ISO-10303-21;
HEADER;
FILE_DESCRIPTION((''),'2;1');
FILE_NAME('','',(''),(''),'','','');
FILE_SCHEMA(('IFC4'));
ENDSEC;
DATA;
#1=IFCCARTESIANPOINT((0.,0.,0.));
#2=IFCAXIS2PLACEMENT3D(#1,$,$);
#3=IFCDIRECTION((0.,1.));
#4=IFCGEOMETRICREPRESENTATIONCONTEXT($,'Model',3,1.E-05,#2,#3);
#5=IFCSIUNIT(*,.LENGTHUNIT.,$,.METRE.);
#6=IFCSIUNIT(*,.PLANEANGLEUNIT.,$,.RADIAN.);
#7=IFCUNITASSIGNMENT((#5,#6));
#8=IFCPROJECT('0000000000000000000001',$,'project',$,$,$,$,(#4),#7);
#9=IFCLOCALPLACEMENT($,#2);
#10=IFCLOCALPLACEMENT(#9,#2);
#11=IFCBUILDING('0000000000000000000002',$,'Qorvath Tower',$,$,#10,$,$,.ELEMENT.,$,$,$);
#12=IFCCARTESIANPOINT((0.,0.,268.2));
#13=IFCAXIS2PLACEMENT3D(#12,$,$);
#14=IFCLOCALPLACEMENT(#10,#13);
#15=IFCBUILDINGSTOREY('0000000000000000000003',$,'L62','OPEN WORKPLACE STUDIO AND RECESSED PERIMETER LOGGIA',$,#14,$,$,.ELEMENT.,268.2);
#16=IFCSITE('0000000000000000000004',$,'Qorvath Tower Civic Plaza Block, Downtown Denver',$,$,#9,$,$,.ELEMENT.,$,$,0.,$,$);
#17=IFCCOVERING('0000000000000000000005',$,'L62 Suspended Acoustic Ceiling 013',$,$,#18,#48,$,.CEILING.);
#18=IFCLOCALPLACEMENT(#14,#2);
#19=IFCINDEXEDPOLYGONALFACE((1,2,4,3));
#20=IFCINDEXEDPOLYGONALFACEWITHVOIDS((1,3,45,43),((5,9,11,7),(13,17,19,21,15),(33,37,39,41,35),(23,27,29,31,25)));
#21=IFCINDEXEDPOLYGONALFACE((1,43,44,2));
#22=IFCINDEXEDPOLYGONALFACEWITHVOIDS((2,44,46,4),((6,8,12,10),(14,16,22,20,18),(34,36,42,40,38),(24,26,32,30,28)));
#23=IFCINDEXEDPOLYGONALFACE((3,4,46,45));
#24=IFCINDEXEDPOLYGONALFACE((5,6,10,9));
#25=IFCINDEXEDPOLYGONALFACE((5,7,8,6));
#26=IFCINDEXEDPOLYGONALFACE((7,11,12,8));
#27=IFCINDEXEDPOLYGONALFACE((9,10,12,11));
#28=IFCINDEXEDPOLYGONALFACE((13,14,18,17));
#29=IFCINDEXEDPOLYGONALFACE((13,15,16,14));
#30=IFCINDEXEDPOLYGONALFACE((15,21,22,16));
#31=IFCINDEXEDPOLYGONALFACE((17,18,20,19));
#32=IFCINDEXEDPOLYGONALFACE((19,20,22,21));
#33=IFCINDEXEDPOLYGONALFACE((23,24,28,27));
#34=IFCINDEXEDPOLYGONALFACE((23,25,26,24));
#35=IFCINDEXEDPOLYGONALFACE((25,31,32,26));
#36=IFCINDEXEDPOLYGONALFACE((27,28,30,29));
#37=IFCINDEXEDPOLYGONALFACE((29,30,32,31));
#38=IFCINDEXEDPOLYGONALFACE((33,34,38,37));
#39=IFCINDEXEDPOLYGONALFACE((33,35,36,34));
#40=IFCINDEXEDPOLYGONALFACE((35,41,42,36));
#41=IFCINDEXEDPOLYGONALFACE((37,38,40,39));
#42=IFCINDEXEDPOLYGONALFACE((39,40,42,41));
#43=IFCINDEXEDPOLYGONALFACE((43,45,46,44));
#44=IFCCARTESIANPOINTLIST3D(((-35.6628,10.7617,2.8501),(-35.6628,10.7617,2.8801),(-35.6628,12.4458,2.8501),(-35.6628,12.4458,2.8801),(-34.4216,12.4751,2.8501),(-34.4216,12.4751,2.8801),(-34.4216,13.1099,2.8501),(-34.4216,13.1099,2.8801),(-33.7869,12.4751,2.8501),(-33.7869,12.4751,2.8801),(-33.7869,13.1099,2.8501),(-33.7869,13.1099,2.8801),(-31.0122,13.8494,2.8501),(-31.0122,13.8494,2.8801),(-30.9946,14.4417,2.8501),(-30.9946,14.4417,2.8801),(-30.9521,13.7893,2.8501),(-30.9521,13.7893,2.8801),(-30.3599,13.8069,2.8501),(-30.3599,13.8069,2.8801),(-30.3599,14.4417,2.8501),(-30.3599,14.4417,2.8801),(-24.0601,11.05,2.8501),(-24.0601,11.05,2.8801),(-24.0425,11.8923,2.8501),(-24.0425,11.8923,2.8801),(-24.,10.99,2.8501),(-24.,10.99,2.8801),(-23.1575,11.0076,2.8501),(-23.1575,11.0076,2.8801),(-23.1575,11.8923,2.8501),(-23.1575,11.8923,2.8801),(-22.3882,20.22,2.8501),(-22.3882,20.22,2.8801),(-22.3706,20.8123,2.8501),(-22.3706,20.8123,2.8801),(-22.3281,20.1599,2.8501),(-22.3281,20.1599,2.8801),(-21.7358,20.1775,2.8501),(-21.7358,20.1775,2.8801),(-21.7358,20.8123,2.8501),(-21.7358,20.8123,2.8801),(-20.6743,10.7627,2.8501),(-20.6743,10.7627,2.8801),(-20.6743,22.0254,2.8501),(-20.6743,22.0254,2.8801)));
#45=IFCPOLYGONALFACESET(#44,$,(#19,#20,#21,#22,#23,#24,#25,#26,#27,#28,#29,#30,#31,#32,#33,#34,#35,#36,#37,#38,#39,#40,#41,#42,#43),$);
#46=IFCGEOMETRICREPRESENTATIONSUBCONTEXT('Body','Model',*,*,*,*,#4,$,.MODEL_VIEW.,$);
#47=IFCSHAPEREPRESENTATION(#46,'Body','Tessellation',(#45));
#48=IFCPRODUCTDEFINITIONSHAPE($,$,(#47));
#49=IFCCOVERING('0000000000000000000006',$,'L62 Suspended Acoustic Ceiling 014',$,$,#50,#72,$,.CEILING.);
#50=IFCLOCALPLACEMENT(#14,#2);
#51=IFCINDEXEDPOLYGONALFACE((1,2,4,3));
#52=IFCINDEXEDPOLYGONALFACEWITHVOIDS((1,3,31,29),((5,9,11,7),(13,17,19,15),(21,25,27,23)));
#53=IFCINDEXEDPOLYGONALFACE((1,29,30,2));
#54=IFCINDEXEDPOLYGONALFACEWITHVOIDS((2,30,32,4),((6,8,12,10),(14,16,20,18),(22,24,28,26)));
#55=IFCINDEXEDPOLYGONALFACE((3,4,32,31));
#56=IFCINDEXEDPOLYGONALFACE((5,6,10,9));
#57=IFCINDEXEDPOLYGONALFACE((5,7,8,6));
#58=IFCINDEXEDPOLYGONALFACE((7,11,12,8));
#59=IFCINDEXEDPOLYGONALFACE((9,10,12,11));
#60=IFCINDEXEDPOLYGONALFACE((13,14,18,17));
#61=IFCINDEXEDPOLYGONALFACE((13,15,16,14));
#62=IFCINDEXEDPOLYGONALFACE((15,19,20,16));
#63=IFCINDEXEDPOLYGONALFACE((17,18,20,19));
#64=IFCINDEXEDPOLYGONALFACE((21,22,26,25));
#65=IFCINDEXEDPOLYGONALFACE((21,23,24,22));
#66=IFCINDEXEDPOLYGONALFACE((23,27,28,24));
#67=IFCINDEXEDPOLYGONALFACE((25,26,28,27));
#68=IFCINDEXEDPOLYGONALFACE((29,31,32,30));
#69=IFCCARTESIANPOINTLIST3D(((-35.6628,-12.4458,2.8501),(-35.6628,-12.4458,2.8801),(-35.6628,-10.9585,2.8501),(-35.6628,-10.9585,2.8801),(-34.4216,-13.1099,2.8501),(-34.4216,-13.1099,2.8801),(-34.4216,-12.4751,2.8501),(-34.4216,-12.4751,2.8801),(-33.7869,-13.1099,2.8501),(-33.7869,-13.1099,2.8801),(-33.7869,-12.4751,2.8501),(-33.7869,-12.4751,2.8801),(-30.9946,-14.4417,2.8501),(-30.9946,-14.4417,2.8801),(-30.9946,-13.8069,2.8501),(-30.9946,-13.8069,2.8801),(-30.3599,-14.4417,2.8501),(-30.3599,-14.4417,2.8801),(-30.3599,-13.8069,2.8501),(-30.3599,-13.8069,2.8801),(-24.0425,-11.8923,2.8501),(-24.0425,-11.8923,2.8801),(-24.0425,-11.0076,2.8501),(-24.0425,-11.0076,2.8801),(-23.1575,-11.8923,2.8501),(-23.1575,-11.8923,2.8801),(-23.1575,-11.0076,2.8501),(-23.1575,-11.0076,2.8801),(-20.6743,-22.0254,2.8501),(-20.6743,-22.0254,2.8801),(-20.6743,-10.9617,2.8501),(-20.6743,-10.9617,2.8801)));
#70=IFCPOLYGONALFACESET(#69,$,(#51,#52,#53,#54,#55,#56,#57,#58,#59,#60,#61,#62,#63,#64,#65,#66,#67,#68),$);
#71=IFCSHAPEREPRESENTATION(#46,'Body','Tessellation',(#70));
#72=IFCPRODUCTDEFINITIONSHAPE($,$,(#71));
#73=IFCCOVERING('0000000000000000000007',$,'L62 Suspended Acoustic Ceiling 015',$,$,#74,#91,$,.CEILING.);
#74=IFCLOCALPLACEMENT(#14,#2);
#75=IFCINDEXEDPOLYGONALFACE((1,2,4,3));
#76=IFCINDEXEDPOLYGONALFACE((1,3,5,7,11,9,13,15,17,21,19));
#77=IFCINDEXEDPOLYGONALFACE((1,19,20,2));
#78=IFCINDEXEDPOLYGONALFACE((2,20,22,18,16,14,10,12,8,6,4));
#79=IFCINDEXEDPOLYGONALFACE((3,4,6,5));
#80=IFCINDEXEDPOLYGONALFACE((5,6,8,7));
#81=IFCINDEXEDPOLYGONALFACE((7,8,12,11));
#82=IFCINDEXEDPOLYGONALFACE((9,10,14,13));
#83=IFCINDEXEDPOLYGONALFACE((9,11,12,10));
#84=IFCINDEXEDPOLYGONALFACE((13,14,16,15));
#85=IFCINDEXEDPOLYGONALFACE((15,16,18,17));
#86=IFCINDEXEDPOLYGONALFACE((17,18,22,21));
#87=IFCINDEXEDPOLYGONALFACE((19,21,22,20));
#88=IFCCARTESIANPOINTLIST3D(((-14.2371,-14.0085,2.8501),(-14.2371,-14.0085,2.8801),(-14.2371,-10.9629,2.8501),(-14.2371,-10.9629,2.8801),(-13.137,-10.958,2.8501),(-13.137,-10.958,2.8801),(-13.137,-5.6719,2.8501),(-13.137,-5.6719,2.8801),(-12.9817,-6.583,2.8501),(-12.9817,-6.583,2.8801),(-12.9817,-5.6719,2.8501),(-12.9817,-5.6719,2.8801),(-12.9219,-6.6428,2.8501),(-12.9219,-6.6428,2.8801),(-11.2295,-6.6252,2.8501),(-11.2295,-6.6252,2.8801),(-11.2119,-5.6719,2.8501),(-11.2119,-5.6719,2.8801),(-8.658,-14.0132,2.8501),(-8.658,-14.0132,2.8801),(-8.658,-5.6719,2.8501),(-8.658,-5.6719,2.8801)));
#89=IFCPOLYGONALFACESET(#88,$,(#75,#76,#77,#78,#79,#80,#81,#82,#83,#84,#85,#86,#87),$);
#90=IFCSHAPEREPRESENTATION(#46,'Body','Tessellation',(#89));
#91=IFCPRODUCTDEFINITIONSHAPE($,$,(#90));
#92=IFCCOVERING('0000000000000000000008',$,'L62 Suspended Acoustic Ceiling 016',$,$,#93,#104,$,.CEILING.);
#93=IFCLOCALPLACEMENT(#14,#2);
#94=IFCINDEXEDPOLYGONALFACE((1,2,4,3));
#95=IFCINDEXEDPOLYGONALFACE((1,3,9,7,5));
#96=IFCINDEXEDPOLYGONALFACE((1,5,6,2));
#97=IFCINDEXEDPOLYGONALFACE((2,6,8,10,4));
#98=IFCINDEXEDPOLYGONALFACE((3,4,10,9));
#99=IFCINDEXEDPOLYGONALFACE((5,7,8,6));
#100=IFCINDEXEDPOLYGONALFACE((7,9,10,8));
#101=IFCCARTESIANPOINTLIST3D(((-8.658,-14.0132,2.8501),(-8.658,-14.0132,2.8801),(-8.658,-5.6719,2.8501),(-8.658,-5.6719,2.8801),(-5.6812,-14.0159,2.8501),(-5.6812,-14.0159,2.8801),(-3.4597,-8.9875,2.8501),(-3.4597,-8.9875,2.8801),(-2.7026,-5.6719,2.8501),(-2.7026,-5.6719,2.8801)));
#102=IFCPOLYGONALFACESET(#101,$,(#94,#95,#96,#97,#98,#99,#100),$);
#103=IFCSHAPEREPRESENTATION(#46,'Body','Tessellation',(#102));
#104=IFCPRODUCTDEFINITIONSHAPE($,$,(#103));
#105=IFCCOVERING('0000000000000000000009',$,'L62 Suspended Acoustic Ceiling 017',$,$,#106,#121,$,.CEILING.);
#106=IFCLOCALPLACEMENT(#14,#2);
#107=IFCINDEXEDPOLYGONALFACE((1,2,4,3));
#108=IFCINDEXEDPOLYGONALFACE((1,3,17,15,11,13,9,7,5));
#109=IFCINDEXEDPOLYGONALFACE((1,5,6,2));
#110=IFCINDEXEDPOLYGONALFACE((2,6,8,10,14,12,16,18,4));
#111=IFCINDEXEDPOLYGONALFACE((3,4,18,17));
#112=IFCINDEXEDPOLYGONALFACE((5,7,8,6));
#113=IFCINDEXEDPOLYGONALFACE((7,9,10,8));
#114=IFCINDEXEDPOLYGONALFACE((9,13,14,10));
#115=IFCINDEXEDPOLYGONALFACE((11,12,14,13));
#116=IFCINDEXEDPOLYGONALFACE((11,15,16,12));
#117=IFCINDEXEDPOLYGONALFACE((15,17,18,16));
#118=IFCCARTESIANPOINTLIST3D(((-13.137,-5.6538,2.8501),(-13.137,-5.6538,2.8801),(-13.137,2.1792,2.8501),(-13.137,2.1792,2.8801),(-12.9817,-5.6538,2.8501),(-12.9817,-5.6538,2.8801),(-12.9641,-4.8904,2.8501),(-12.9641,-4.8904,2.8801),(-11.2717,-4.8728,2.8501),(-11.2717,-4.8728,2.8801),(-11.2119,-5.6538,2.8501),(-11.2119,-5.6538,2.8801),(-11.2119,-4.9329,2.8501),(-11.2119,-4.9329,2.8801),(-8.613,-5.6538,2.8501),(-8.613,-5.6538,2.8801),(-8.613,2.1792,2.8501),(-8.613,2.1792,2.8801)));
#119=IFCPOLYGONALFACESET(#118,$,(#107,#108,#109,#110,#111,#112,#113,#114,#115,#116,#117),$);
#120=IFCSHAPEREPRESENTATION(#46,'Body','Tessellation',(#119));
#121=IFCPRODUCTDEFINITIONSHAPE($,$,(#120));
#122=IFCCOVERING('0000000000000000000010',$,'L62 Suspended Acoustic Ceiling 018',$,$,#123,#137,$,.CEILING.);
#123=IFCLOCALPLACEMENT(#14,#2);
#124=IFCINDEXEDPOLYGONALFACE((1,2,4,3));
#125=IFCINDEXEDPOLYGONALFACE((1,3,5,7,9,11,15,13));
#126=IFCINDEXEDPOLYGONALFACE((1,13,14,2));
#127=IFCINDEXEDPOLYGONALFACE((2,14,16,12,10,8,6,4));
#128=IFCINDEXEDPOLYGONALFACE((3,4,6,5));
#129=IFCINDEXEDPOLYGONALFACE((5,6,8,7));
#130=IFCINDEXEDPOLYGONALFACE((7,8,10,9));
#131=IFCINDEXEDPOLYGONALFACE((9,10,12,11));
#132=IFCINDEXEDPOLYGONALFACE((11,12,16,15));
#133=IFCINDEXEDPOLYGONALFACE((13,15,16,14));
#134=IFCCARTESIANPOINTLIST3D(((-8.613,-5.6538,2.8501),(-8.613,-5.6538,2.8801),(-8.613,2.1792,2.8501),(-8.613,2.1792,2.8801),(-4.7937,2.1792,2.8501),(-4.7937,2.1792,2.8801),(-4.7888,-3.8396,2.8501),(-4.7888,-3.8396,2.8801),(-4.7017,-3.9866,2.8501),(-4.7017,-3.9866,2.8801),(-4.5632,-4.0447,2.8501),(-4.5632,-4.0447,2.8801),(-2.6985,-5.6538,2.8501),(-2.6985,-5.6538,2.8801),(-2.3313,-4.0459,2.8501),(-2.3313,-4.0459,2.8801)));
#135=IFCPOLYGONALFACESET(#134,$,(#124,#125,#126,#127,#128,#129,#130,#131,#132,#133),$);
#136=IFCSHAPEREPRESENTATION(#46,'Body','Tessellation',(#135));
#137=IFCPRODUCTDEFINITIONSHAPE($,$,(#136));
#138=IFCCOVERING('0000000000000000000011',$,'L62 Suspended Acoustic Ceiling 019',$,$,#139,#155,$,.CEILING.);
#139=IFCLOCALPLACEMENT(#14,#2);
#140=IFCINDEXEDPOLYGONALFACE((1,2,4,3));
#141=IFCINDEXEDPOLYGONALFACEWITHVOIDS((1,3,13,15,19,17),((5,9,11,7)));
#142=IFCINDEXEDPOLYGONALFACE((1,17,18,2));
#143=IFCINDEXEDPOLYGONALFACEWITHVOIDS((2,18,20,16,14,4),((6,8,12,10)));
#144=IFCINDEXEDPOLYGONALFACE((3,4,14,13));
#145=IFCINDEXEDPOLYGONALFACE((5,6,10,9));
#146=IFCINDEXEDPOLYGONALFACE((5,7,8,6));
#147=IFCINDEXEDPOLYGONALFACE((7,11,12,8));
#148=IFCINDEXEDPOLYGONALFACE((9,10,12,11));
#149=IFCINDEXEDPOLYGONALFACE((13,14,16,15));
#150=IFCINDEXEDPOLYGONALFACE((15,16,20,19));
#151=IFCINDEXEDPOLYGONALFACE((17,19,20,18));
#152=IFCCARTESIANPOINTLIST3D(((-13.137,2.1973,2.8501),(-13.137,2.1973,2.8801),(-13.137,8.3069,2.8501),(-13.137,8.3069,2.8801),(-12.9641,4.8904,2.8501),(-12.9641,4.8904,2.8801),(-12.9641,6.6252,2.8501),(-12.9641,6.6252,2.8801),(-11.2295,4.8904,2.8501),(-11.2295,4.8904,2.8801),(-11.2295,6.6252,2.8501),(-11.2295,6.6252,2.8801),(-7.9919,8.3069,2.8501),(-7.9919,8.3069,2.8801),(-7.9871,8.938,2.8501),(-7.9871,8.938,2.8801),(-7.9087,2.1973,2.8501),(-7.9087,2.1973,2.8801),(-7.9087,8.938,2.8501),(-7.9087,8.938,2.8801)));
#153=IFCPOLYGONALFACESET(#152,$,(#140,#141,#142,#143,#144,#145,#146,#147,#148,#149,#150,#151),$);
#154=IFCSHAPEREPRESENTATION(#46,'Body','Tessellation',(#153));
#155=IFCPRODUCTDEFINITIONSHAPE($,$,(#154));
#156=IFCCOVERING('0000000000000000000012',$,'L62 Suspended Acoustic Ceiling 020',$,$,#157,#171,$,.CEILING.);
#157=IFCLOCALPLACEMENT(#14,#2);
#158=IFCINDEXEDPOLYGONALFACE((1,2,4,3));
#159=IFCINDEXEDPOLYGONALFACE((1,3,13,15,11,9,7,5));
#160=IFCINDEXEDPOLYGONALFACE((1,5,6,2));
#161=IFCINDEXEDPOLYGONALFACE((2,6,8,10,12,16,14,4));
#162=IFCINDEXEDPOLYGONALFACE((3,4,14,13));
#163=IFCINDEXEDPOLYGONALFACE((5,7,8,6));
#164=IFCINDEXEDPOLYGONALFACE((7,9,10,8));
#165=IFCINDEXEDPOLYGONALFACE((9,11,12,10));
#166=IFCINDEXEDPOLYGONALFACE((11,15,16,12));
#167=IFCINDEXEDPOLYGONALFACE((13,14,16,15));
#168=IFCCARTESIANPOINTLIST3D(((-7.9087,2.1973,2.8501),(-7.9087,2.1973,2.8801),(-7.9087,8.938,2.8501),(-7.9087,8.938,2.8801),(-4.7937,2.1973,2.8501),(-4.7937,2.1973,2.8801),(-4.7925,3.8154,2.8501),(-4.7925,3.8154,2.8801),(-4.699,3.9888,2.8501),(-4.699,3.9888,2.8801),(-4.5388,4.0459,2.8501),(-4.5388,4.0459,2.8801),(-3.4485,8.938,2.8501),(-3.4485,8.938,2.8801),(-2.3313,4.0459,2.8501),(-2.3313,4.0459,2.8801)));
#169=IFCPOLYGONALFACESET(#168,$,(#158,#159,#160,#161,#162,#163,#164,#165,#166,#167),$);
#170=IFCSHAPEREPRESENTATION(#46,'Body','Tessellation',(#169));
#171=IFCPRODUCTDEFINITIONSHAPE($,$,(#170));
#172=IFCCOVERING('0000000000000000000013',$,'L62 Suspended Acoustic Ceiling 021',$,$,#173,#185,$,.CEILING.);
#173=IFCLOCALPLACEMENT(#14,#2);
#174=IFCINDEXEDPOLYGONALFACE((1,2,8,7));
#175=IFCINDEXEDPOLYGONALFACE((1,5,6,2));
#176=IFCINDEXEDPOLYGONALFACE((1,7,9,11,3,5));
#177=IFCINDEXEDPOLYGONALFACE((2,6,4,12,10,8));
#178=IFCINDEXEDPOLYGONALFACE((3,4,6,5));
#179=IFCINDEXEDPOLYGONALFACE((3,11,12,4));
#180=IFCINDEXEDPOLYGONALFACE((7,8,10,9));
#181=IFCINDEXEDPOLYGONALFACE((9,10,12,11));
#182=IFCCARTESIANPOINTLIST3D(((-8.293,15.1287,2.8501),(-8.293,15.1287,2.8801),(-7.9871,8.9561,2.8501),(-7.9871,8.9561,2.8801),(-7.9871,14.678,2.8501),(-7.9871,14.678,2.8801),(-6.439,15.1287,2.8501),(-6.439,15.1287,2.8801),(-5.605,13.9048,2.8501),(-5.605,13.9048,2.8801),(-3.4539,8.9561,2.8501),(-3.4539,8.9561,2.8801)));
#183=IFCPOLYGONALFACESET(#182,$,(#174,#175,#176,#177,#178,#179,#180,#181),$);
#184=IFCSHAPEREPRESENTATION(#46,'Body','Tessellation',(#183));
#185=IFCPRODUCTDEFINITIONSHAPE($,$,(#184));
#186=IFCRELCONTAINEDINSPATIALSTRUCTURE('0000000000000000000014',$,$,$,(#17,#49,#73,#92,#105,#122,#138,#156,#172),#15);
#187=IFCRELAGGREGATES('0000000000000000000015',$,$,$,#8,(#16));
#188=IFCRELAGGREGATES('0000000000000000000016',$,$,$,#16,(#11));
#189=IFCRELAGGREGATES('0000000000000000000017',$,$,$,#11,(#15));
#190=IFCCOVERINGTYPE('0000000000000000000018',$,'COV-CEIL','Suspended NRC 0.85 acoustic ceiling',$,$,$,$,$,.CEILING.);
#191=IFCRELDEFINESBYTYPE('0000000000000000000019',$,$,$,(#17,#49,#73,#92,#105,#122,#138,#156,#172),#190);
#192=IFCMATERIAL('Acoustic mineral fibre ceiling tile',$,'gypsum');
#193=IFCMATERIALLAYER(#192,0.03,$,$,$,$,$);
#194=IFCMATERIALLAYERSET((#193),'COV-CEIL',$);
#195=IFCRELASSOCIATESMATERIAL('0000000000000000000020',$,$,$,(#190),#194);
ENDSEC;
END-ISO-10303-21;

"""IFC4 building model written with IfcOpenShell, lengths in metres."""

from ifc_helpers import new_model, si_unit, direction, frame, origin, place, context, subcontext, project, spatial, polyline, outline, extrude, material, layer, layer_set, type_object, element, save


model = new_model("IFC4")

# Units and contexts
model_context = context("Model", 3, precision=1e-05, world=origin(), true_north=direction((0.0, 1.0)))
body_context = subcontext(model_context, "Body", "Model", "MODEL_VIEW")
ifc_project = project(units=[si_unit("LENGTHUNIT", "METRE"), si_unit("PLANEANGLEUNIT", "RADIAN")], contexts=[model_context])

# Site, building, storey
site_placement = place(None, origin())
site = spatial("IfcSite", under=ifc_project, at=site_placement, Name="Qorvath Tower Civic Plaza Block, Downtown Denver", CompositionType="ELEMENT", RefElevation=0.0)
building_placement = place(site_placement, origin())
building = spatial("IfcBuilding", under=site, at=building_placement, Name="Qorvath Tower", CompositionType="ELEMENT")
storey_placement = place(building_placement, frame((0.0, 0.0, 268.2)))
storey = spatial("IfcBuildingStorey", under=building, at=storey_placement, Name="L62", Description="OPEN WORKPLACE STUDIO AND RECESSED PERIMETER LOGGIA", CompositionType="ELEMENT", Elevation=268.2)

# Coverings
ifc_material_1 = material(Name="Acoustic mineral fibre ceiling tile", Category="gypsum")
ifc_layer_1 = layer(ifc_material_1, 0.03)
ifc_layer_set_1 = layer_set([ifc_layer_1], Name="COV-CEIL")
covering_type_1 = type_object("IfcCoveringType", Name="COV-CEIL", Description="Suspended NRC 0.85 acoustic ceiling", PredefinedType="CEILING", material=ifc_layer_set_1)
covering_1_placement = place(storey_placement, frame((0.0, 0.0, 2.8501)))
element("IfcCovering", 1, at=covering_1_placement, inside=storey, type_object=covering_type_1, Name="L62 Suspended Acoustic Ceiling 013", PredefinedType="CEILING", context=body_context, shape_type="SweptSolid", body=[
    extrude(outline(polyline([(-35.6628, 12.4458), (-35.6628, 10.7617), (-20.6743, 10.7627), (-20.6743, 22.0254), (-35.6628, 12.4458)]), holes=[polyline([(-22.3882, 20.22), (-22.3706, 20.8123), (-21.7358, 20.8123), (-21.7358, 20.1775), (-22.3281, 20.1599), (-22.3882, 20.22)]), polyline([(-24.0601, 11.05), (-24.0425, 11.8923), (-23.1575, 11.8923), (-23.1575, 11.0076), (-24.0, 10.99), (-24.0601, 11.05)]), polyline([(-31.0122, 13.8494), (-30.9946, 14.4417), (-30.3599, 14.4417), (-30.3599, 13.8069), (-30.9521, 13.7893), (-31.0122, 13.8494)]), polyline([(-34.4216, 12.4751), (-34.4216, 13.1099), (-33.7869, 13.1099), (-33.7869, 12.4751), (-34.4216, 12.4751)])]), origin(), (0.0, 0.0, 1.0), 0.03),
])
covering_2_placement = place(storey_placement, frame((0.0, 0.0, 2.8501)))
element("IfcCovering", 2, at=covering_2_placement, inside=storey, type_object=covering_type_1, Name="L62 Suspended Acoustic Ceiling 014", PredefinedType="CEILING", context=body_context, shape_type="SweptSolid", body=[
    extrude(outline(polyline([(-35.6628, -10.9585), (-35.6628, -12.4458), (-20.6743, -22.0254), (-20.6743, -10.9617), (-35.6628, -10.9585)]), holes=[polyline([(-24.0425, -11.8923), (-24.0425, -11.0076), (-23.1575, -11.0076), (-23.1575, -11.8923), (-24.0425, -11.8923)]), polyline([(-30.9946, -14.4417), (-30.9946, -13.8069), (-30.3599, -13.8069), (-30.3599, -14.4417), (-30.9946, -14.4417)]), polyline([(-34.4216, -13.1099), (-34.4216, -12.4751), (-33.7869, -12.4751), (-33.7869, -13.1099), (-34.4216, -13.1099)])]), origin(), (0.0, 0.0, 1.0), 0.03),
])
covering_3_placement = place(storey_placement, frame((0.0, 0.0, 2.8501)))
element("IfcCovering", 3, at=covering_3_placement, inside=storey, type_object=covering_type_1, Name="L62 Suspended Acoustic Ceiling 015", PredefinedType="CEILING", context=body_context, shape_type="SweptSolid", body=[
    extrude(outline(polyline([(-14.2371, -14.0085), (-8.658, -14.0132), (-8.658, -5.6719), (-11.2119, -5.6719), (-11.2295, -6.6252), (-12.9219, -6.6428), (-12.9817, -6.583), (-12.9817, -5.6719), (-13.137, -5.6719), (-13.137, -10.958), (-14.2371, -10.9629), (-14.2371, -14.0085)])), origin(), (0.0, 0.0, 1.0), 0.03),
])
covering_4_placement = place(storey_placement, frame((0.0, 0.0, 2.8501)))
element("IfcCovering", 4, at=covering_4_placement, inside=storey, type_object=covering_type_1, Name="L62 Suspended Acoustic Ceiling 016", PredefinedType="CEILING", context=body_context, shape_type="SweptSolid", body=[
    extrude(outline(polyline([(-8.658, -5.6719), (-8.658, -14.0132), (-5.6812, -14.0159), (-3.4597, -8.9875), (-2.7026, -5.6719), (-8.658, -5.6719)])), origin(), (0.0, 0.0, 1.0), 0.03),
])
covering_5_placement = place(storey_placement, frame((0.0, 0.0, 2.8501)))
element("IfcCovering", 5, at=covering_5_placement, inside=storey, type_object=covering_type_1, Name="L62 Suspended Acoustic Ceiling 017", PredefinedType="CEILING", context=body_context, shape_type="SweptSolid", body=[
    extrude(outline(polyline([(-8.613, -5.6538), (-8.613, 2.1792), (-13.137, 2.1792), (-13.137, -5.6538), (-12.9817, -5.6538), (-12.9641, -4.8904), (-11.2717, -4.8728), (-11.2119, -4.9329), (-11.2119, -5.6538), (-8.613, -5.6538)])), origin(), (0.0, 0.0, 1.0), 0.03),
])
covering_6_placement = place(storey_placement, frame((0.0, 0.0, 2.8501)))
element("IfcCovering", 6, at=covering_6_placement, inside=storey, type_object=covering_type_1, Name="L62 Suspended Acoustic Ceiling 018", PredefinedType="CEILING", context=body_context, shape_type="SweptSolid", body=[
    extrude(outline(polyline([(-4.7017, -3.9866), (-4.7888, -3.8396), (-4.7937, 2.1792), (-8.613, 2.1792), (-8.613, -5.6538), (-2.6985, -5.6538), (-2.3313, -4.0459), (-4.5632, -4.0447), (-4.7017, -3.9866)])), origin(), (0.0, 0.0, 1.0), 0.03),
])
covering_7_placement = place(storey_placement, frame((0.0, 0.0, 2.8501)))
element("IfcCovering", 7, at=covering_7_placement, inside=storey, type_object=covering_type_1, Name="L62 Suspended Acoustic Ceiling 019", PredefinedType="CEILING", context=body_context, shape_type="SweptSolid", body=[
    extrude(outline(polyline([(-7.9087, 2.1973), (-7.9087, 8.938), (-7.9871, 8.938), (-7.9919, 8.3069), (-13.137, 8.3069), (-13.137, 2.1973), (-7.9087, 2.1973)]), holes=[polyline([(-12.9641, 4.8904), (-12.9641, 6.6252), (-11.2295, 6.6252), (-11.2295, 4.8904), (-12.9641, 4.8904)])]), origin(), (0.0, 0.0, 1.0), 0.03),
])
covering_8_placement = place(storey_placement, frame((0.0, 0.0, 2.8501)))
element("IfcCovering", 8, at=covering_8_placement, inside=storey, type_object=covering_type_1, Name="L62 Suspended Acoustic Ceiling 020", PredefinedType="CEILING", context=body_context, shape_type="SweptSolid", body=[
    extrude(outline(polyline([(-4.699, 3.9888), (-4.5388, 4.0459), (-2.3313, 4.0459), (-3.4485, 8.938), (-7.9087, 8.938), (-7.9087, 2.1973), (-4.7937, 2.1973), (-4.7925, 3.8154), (-4.699, 3.9888)])), origin(), (0.0, 0.0, 1.0), 0.03),
])
covering_9_placement = place(storey_placement, frame((0.0, 0.0, 2.8501)))
element("IfcCovering", 9, at=covering_9_placement, inside=storey, type_object=covering_type_1, Name="L62 Suspended Acoustic Ceiling 021", PredefinedType="CEILING", context=body_context, shape_type="SweptSolid", body=[
    extrude(outline(polyline([(-3.4539, 8.9561), (-5.605, 13.9048), (-6.439, 15.1287), (-8.293, 15.1287), (-7.9871, 14.678), (-7.9871, 8.9561), (-3.4539, 8.9561)])), origin(), (0.0, 0.0, 1.0), 0.03),
])

save(model, "model.ifc")
